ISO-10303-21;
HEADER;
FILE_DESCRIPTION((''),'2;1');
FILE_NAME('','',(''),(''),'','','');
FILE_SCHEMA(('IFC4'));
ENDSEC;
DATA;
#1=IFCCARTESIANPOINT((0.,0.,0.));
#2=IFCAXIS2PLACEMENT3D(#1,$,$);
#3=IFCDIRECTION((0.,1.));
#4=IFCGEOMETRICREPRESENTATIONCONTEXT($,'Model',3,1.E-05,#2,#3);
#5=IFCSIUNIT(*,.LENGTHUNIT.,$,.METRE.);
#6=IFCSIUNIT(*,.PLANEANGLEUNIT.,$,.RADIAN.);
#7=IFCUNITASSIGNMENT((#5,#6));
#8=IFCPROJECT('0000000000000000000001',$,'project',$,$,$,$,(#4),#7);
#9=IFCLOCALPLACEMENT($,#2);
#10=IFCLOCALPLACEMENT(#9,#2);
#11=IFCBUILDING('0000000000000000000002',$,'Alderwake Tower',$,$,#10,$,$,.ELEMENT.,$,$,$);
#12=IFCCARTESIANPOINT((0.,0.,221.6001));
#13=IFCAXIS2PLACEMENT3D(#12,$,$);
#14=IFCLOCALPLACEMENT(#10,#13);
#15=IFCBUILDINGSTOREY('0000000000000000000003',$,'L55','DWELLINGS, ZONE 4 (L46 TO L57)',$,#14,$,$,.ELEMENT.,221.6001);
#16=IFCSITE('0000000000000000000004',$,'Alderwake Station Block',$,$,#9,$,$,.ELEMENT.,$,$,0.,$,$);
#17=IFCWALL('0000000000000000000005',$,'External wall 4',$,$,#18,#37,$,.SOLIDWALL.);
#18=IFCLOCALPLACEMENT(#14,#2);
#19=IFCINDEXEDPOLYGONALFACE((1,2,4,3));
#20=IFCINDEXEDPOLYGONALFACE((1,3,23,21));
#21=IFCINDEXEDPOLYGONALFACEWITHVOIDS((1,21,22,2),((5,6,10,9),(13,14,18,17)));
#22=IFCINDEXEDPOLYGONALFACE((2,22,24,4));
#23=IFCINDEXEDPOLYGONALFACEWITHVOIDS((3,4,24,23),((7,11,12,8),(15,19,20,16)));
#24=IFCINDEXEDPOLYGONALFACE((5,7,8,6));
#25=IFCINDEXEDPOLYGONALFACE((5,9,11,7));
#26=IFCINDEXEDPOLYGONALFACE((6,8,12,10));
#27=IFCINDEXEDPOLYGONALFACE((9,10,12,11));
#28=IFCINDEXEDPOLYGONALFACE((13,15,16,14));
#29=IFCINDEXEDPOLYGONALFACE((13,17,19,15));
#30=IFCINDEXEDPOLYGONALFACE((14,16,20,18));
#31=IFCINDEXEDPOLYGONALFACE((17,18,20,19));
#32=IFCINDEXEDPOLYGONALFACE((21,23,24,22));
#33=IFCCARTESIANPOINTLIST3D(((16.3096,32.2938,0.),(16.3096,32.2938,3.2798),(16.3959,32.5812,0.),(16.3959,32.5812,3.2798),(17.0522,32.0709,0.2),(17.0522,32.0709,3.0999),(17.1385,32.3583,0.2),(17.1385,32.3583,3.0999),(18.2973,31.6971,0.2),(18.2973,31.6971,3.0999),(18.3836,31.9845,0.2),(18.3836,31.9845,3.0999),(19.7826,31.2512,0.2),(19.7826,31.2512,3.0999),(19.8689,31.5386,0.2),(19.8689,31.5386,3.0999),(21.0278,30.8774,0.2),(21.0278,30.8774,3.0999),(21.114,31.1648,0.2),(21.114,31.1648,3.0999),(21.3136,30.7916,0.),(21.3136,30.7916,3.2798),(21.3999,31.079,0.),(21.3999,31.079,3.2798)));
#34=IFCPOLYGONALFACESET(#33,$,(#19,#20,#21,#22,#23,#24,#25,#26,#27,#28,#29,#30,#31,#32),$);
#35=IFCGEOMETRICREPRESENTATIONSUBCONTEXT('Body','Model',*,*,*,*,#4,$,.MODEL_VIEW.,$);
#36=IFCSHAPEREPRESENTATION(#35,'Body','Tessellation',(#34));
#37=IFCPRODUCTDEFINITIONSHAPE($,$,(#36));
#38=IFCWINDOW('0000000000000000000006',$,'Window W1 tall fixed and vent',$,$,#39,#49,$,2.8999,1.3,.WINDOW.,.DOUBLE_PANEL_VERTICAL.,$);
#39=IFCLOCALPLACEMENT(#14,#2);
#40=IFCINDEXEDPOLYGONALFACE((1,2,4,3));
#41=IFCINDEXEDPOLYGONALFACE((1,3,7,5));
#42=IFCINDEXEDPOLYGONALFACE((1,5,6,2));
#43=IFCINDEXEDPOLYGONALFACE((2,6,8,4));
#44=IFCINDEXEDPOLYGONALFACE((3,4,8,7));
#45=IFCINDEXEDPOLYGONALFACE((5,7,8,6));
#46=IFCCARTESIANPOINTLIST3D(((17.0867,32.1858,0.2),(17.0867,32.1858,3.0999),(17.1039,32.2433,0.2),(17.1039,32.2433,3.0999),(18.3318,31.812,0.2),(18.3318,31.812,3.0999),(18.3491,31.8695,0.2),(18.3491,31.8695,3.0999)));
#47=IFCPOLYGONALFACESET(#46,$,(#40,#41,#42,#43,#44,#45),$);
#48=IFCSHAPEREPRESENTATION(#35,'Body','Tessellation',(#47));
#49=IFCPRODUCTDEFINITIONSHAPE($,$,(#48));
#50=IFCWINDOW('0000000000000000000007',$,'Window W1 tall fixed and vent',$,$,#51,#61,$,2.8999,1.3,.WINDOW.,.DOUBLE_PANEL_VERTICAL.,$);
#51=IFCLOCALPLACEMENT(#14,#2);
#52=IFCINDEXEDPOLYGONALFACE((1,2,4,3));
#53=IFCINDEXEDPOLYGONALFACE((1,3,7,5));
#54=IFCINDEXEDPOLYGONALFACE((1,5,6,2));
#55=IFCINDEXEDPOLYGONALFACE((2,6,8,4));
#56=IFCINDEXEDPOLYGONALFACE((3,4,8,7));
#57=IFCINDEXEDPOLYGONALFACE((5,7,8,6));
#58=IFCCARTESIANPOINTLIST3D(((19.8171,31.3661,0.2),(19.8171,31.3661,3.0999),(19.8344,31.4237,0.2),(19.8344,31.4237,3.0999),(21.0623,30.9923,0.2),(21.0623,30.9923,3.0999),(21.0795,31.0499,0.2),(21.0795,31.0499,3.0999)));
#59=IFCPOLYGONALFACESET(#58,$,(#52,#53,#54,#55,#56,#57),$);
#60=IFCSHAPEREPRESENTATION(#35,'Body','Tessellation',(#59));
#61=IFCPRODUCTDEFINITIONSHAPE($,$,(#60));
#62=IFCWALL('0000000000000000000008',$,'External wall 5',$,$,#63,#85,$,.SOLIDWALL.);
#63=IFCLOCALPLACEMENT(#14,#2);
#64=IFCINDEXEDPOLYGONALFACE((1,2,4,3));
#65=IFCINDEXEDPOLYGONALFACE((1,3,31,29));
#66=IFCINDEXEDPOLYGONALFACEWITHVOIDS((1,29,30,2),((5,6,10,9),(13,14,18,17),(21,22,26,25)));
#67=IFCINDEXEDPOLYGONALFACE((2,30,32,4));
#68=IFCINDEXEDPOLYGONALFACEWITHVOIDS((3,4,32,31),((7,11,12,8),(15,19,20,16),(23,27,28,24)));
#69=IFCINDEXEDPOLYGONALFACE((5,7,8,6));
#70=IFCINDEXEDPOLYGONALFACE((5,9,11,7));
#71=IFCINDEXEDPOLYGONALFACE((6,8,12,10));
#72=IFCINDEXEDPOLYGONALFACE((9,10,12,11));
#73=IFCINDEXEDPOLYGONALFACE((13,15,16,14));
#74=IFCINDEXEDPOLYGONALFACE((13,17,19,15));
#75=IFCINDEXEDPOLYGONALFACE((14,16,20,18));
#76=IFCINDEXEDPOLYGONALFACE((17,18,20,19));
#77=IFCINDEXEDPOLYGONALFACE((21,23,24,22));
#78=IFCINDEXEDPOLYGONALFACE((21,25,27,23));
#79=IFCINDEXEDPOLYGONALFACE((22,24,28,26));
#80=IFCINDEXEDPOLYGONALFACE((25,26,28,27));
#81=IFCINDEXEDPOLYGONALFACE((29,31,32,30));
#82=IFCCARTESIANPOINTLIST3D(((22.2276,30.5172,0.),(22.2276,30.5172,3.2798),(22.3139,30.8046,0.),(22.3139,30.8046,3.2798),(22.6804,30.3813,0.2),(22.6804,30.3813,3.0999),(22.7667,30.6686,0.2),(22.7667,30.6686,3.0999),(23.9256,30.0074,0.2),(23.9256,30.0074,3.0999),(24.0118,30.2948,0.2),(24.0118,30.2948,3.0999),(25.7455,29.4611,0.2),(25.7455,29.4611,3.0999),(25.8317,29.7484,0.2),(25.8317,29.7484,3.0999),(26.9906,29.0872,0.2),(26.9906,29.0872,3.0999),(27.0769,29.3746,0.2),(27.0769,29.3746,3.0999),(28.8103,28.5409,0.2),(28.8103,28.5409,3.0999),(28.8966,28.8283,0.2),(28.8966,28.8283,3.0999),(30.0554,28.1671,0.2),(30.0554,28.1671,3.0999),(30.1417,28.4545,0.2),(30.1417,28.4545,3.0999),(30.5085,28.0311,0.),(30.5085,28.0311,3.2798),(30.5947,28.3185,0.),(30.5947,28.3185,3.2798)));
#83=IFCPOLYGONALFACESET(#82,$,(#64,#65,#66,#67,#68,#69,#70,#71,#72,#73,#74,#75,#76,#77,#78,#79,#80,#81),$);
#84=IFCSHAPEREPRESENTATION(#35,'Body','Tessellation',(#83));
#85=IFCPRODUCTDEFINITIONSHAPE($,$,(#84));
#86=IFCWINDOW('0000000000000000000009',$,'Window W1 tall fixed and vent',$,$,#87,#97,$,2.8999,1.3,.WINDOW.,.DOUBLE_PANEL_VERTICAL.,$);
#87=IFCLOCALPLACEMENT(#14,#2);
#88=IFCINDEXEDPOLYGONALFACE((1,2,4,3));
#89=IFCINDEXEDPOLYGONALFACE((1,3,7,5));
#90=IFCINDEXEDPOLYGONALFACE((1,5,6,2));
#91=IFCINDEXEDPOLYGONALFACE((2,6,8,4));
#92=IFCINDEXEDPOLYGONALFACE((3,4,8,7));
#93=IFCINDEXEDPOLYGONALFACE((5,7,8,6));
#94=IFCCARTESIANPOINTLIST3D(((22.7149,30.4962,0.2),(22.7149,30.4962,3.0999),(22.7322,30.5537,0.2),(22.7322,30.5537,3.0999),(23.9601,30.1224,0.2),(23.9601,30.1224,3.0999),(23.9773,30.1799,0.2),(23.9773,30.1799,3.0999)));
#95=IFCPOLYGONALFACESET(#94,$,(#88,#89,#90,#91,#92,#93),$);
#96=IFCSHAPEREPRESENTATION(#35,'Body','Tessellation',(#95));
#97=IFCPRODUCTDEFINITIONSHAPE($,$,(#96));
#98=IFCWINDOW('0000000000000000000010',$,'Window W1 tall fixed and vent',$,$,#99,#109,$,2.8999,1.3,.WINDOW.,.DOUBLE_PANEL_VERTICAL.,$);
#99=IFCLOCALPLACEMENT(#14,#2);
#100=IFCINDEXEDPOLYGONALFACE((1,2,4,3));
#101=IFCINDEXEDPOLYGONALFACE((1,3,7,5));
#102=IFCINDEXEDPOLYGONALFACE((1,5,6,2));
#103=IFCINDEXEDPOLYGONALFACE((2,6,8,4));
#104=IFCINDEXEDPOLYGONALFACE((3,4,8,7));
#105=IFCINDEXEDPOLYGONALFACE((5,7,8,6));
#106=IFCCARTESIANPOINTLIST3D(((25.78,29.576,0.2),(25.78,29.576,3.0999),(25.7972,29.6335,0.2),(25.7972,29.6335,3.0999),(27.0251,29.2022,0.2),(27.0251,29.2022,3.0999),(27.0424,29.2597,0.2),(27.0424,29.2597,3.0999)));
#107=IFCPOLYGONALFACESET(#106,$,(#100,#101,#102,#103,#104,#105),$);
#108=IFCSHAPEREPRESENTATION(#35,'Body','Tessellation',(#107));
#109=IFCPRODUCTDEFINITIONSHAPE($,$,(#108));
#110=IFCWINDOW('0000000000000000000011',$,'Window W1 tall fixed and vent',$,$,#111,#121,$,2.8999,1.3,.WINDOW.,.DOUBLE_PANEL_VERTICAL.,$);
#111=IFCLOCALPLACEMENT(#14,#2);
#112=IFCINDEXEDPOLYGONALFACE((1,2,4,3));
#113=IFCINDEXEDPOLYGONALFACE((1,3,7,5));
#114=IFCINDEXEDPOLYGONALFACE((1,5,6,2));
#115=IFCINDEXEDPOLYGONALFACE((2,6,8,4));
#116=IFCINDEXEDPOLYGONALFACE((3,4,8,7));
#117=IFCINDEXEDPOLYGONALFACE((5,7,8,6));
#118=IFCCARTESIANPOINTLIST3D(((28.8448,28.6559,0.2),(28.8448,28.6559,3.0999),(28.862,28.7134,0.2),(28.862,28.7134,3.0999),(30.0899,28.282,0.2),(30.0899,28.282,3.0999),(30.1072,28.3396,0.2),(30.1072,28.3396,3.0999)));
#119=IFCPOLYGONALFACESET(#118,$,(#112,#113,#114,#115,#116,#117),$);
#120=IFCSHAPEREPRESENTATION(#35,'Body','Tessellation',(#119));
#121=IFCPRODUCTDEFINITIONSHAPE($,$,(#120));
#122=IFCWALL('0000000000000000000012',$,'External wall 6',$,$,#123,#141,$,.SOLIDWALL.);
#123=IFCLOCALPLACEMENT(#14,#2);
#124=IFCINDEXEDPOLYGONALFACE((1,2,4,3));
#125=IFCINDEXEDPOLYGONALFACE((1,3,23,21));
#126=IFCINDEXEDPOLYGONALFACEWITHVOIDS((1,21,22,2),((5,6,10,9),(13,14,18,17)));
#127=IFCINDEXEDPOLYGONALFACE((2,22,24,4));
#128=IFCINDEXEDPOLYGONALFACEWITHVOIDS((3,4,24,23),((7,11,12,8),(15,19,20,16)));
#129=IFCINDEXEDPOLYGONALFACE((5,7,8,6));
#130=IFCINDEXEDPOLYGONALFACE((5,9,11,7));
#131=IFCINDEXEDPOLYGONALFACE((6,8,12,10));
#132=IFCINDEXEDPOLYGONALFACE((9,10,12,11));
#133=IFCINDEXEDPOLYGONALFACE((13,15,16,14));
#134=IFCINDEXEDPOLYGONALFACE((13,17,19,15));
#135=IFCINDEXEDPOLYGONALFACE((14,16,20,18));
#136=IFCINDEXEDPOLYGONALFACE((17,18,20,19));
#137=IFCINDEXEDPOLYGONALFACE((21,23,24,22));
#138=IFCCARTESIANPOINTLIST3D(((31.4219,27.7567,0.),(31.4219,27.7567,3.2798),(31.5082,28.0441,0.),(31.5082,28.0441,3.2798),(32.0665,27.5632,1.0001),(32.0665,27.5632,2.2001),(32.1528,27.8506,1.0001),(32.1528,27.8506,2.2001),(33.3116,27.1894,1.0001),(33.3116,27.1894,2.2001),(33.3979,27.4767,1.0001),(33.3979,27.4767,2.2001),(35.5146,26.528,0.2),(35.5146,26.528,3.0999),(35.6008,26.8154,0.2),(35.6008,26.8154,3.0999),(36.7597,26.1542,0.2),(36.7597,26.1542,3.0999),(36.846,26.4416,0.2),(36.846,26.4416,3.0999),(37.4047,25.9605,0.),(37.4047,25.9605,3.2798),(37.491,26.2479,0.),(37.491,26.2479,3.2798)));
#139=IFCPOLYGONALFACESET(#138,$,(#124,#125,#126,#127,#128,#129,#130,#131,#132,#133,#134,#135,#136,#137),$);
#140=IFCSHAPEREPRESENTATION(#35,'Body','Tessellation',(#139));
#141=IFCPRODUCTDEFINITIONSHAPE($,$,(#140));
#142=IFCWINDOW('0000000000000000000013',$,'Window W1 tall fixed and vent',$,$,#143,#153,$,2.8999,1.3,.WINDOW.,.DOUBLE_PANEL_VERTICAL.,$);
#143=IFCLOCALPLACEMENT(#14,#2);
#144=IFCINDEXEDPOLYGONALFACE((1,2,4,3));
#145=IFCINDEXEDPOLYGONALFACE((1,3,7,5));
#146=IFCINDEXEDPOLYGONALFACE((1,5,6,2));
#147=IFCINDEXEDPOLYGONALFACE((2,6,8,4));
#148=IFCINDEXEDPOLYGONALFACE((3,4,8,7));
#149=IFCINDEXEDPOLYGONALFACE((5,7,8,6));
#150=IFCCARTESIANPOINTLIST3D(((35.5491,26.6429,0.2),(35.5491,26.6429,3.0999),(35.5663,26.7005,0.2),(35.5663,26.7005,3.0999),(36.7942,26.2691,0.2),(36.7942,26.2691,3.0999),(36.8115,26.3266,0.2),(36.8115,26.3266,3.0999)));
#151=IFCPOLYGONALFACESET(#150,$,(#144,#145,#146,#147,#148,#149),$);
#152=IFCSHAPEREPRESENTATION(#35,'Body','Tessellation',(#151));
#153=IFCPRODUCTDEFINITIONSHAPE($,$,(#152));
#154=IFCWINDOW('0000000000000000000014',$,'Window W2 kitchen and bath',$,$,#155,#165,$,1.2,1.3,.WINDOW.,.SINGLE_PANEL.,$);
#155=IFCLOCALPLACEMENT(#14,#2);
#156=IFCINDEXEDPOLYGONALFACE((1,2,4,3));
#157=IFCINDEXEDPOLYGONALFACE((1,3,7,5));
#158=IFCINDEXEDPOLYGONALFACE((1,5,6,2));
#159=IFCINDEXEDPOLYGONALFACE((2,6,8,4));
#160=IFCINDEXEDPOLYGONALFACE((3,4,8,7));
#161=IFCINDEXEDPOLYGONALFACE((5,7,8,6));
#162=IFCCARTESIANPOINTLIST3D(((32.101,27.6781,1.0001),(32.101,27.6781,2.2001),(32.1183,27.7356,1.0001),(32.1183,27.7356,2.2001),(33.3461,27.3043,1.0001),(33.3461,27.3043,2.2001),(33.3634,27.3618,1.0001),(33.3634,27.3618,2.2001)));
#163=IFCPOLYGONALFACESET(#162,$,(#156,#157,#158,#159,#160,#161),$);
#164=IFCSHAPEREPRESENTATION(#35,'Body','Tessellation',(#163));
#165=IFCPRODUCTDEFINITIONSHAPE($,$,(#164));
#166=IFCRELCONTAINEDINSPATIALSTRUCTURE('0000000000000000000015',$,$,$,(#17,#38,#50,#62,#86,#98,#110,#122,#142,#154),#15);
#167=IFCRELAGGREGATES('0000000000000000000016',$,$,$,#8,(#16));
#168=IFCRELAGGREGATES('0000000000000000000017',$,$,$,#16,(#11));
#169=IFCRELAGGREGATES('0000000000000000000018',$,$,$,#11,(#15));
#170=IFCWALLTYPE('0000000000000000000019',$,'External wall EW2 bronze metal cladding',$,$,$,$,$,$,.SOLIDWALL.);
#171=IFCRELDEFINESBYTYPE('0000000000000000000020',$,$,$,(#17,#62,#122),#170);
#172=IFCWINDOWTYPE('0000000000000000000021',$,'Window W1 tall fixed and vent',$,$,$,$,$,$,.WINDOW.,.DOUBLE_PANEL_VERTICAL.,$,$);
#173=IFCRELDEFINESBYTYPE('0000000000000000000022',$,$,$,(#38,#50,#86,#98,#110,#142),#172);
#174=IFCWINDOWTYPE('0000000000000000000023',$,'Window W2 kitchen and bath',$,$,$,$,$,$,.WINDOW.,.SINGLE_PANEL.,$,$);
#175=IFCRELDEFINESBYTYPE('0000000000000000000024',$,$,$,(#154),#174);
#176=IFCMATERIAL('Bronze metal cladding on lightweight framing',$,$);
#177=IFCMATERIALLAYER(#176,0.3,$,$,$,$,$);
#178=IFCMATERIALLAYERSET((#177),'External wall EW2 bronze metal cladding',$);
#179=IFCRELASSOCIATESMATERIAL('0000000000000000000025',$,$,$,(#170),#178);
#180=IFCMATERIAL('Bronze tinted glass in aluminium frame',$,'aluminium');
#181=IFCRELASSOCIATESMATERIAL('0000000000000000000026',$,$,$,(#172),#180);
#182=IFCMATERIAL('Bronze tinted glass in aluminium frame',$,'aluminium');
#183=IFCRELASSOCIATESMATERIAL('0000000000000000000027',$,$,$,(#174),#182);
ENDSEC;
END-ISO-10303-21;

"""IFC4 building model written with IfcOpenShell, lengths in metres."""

from ifc_helpers import new_model, si_unit, direction, frame, frame_2d, origin, place, context, subcontext, project, spatial, rectangle, extrude, material, layer, layer_set, type_object, element, fill, save


model = new_model("IFC4")

# Units and contexts
model_context = context("Model", 3, precision=1e-05, world=origin(), true_north=direction((0.0, 1.0)))
body_context = subcontext(model_context, "Body", "Model", "MODEL_VIEW")
ifc_project = project(units=[si_unit("LENGTHUNIT", "METRE"), si_unit("PLANEANGLEUNIT", "RADIAN")], contexts=[model_context])

# Site, building, storey
site_placement = place(None, origin())
site = spatial("IfcSite", under=ifc_project, at=site_placement, Name="Alderwake Station Block", CompositionType="ELEMENT", RefElevation=0.0)
building_placement = place(site_placement, origin())
building = spatial("IfcBuilding", under=site, at=building_placement, Name="Alderwake Tower", CompositionType="ELEMENT")
storey_placement = place(building_placement, frame((0.0, 0.0, 221.6001)))
storey = spatial("IfcBuildingStorey", under=building, at=storey_placement, Name="L55", Description="DWELLINGS, ZONE 4 (L46 TO L57)", CompositionType="ELEMENT", Elevation=221.6001)

# Walls, openings, windows
ifc_material_1 = material(Name="Bronze metal cladding on lightweight framing")
ifc_layer_1 = layer(ifc_material_1, 0.3)
ifc_layer_set_1 = layer_set([ifc_layer_1], Name="External wall EW2 bronze metal cladding")
wall_type_1 = type_object("IfcWallType", Name="External wall EW2 bronze metal cladding", PredefinedType="SOLIDWALL", material=ifc_layer_set_1)
wall_1_placement = place(storey_placement, frame((16.3528, 32.4375, 0.0), z_axis=(0.0, 0.0, 1.0), x_axis=(0.957772, -0.287528, 0.0)))
wall_1 = element("IfcWall", 1, at=wall_1_placement, inside=storey, type_object=wall_type_1, Name="External wall 4", PredefinedType="SOLIDWALL", context=body_context, shape_type="SweptSolid", body=[
    extrude(rectangle(XDim=5.2246, YDim=0.3, at=frame_2d((2.6123, 0.0))), origin(), (0.0, 0.0, 1.0), 3.2798),
])
opening_1_placement = place(wall_1_placement, frame((0.7754, 0.0, 0.2)))
opening_1 = element("IfcOpeningElement", 2, at=opening_1_placement, cuts=wall_1, PredefinedType="OPENING", context=body_context, shape_type="SweptSolid", body=[
    extrude(rectangle(XDim=1.3, YDim=2.8999, at=frame_2d((0.6499, 1.45))), frame((0.0, 0.1599, 0.0), z_axis=(0.0, -1.0, 0.0), x_axis=(1.0, 0.0, 0.0)), (0.0, 0.0, 1.0), 0.3201),
])
opening_2_placement = place(wall_1_placement, frame((3.6262, 0.0, 0.2)))
opening_2 = element("IfcOpeningElement", 3, at=opening_2_placement, cuts=wall_1, PredefinedType="OPENING", context=body_context, shape_type="SweptSolid", body=[
    extrude(rectangle(XDim=1.3, YDim=2.8999, at=frame_2d((0.6499, 1.45))), frame((0.0, 0.1599, 0.0), z_axis=(0.0, -1.0, 0.0), x_axis=(1.0, 0.0, 0.0)), (0.0, 0.0, 1.0), 0.3201),
])
ifc_material_2 = material(Name="Bronze tinted glass in aluminium frame", Category="aluminium")
window_type_1 = type_object("IfcWindowType", Name="Window W1 tall fixed and vent", PartitioningType="DOUBLE_PANEL_VERTICAL", PredefinedType="WINDOW", material=ifc_material_2)
window_1_placement = place(opening_1_placement, origin())
window_1 = element("IfcWindow", 4, at=window_1_placement, inside=storey, type_object=window_type_1, Name="Window W1 tall fixed and vent", OverallHeight=2.8999, OverallWidth=1.3, PartitioningType="DOUBLE_PANEL_VERTICAL", PredefinedType="WINDOW", context=body_context, shape_type="SweptSolid", body=[
    extrude(rectangle(XDim=1.3, YDim=2.8999, at=frame_2d((0.6499, 1.45))), frame((0.0, 0.03, 0.0), z_axis=(0.0, -1.0, 0.0), x_axis=(1.0, 0.0, 0.0)), (0.0, 0.0, 1.0), 0.0601),
])
fill(opening_1, window_1)
window_2_placement = place(opening_2_placement, origin())
window_2 = element("IfcWindow", 5, at=window_2_placement, inside=storey, type_object=window_type_1, Name="Window W1 tall fixed and vent", OverallHeight=2.8999, OverallWidth=1.3, PartitioningType="DOUBLE_PANEL_VERTICAL", PredefinedType="WINDOW", context=body_context, shape_type="SweptSolid", body=[
    extrude(rectangle(XDim=1.3, YDim=2.8999, at=frame_2d((0.6499, 1.45))), frame((0.0, 0.03, 0.0), z_axis=(0.0, -1.0, 0.0), x_axis=(1.0, 0.0, 0.0)), (0.0, 0.0, 1.0), 0.0601),
])
fill(opening_2, window_2)
wall_2_placement = place(storey_placement, frame((22.2708, 30.6609, 0.0), z_axis=(0.0, 0.0, 1.0), x_axis=(0.957767, -0.287545, 0.0)))
wall_2 = element("IfcWall", 6, at=wall_2_placement, inside=storey, type_object=wall_type_1, Name="External wall 5", PredefinedType="SOLIDWALL", context=body_context, shape_type="SweptSolid", body=[
    extrude(rectangle(XDim=8.646, YDim=0.3, at=frame_2d((4.323, 0.0))), origin(), (0.0, 0.0, 1.0), 3.2798),
])
opening_3_placement = place(wall_2_placement, frame((0.4729, 0.0, 0.2)))
opening_3 = element("IfcOpeningElement", 7, at=opening_3_placement, cuts=wall_2, PredefinedType="OPENING", context=body_context, shape_type="SweptSolid", body=[
    extrude(rectangle(XDim=1.3, YDim=2.8999, at=frame_2d((0.6499, 1.45))), frame((0.0, 0.1599, 0.0), z_axis=(0.0, -1.0, 0.0), x_axis=(1.0, 0.0, 0.0)), (0.0, 0.0, 1.0), 0.3201),
])
opening_4_placement = place(wall_2_placement, frame((3.6731, 0.0, 0.2)))
opening_4 = element("IfcOpeningElement", 8, at=opening_4_placement, cuts=wall_2, PredefinedType="OPENING", context=body_context, shape_type="SweptSolid", body=[
    extrude(rectangle(XDim=1.3, YDim=2.8999, at=frame_2d((0.6499, 1.45))), frame((0.0, 0.1599, 0.0), z_axis=(0.0, -1.0, 0.0), x_axis=(1.0, 0.0, 0.0)), (0.0, 0.0, 1.0), 0.3201),
])
opening_5_placement = place(wall_2_placement, frame((6.873, 0.0, 0.2)))
opening_5 = element("IfcOpeningElement", 9, at=opening_5_placement, cuts=wall_2, PredefinedType="OPENING", context=body_context, shape_type="SweptSolid", body=[
    extrude(rectangle(XDim=1.3, YDim=2.8999, at=frame_2d((0.6499, 1.45))), frame((0.0, 0.1599, 0.0), z_axis=(0.0, -1.0, 0.0), x_axis=(1.0, 0.0, 0.0)), (0.0, 0.0, 1.0), 0.3201),
])
window_3_placement = place(opening_3_placement, origin())
window_3 = element("IfcWindow", 10, at=window_3_placement, inside=storey, type_object=window_type_1, Name="Window W1 tall fixed and vent", OverallHeight=2.8999, OverallWidth=1.3, PartitioningType="DOUBLE_PANEL_VERTICAL", PredefinedType="WINDOW", context=body_context, shape_type="SweptSolid", body=[
    extrude(rectangle(XDim=1.3, YDim=2.8999, at=frame_2d((0.6499, 1.45))), frame((0.0, 0.03, 0.0), z_axis=(0.0, -1.0, 0.0), x_axis=(1.0, 0.0, 0.0)), (0.0, 0.0, 1.0), 0.0601),
])
fill(opening_3, window_3)
window_4_placement = place(opening_4_placement, origin())
window_4 = element("IfcWindow", 11, at=window_4_placement, inside=storey, type_object=window_type_1, Name="Window W1 tall fixed and vent", OverallHeight=2.8999, OverallWidth=1.3, PartitioningType="DOUBLE_PANEL_VERTICAL", PredefinedType="WINDOW", context=body_context, shape_type="SweptSolid", body=[
    extrude(rectangle(XDim=1.3, YDim=2.8999, at=frame_2d((0.6499, 1.45))), frame((0.0, 0.03, 0.0), z_axis=(0.0, -1.0, 0.0), x_axis=(1.0, 0.0, 0.0)), (0.0, 0.0, 1.0), 0.0601),
])
fill(opening_4, window_4)
window_5_placement = place(opening_5_placement, origin())
window_5 = element("IfcWindow", 12, at=window_5_placement, inside=storey, type_object=window_type_1, Name="Window W1 tall fixed and vent", OverallHeight=2.8999, OverallWidth=1.3, PartitioningType="DOUBLE_PANEL_VERTICAL", PredefinedType="WINDOW", context=body_context, shape_type="SweptSolid", body=[
    extrude(rectangle(XDim=1.3, YDim=2.8999, at=frame_2d((0.6499, 1.45))), frame((0.0, 0.03, 0.0), z_axis=(0.0, -1.0, 0.0), x_axis=(1.0, 0.0, 0.0)), (0.0, 0.0, 1.0), 0.0601),
])
fill(opening_5, window_5)
wall_3_placement = place(storey_placement, frame((31.4651, 27.9004, 0.0), z_axis=(0.0, 0.0, 1.0), x_axis=(0.957767, -0.287545, 0.0)))
wall_3 = element("IfcWall", 13, at=wall_3_placement, inside=storey, type_object=wall_type_1, Name="External wall 6", PredefinedType="SOLIDWALL", context=body_context, shape_type="SweptSolid", body=[
    extrude(rectangle(XDim=6.2466, YDim=0.3, at=frame_2d((3.1233, 0.0))), origin(), (0.0, 0.0, 1.0), 3.2798),
])
opening_6_placement = place(wall_3_placement, frame((0.6731, 0.0, 1.0)))
opening_6 = element("IfcOpeningElement", 14, at=opening_6_placement, cuts=wall_3, PredefinedType="OPENING", context=body_context, shape_type="SweptSolid", body=[
    extrude(rectangle(XDim=1.3, YDim=1.2, at=frame_2d((0.6499, 0.6001))), frame((0.0, 0.1599, 0.0), z_axis=(0.0, -1.0, 0.0), x_axis=(1.0, 0.0, 0.0)), (0.0, 0.0, 1.0), 0.3201),
])
opening_7_placement = place(wall_3_placement, frame((4.2732, 0.0, 0.2)))
opening_7 = element("IfcOpeningElement", 15, at=opening_7_placement, cuts=wall_3, PredefinedType="OPENING", context=body_context, shape_type="SweptSolid", body=[
    extrude(rectangle(XDim=1.3, YDim=2.8999, at=frame_2d((0.6499, 1.45))), frame((0.0, 0.1599, 0.0), z_axis=(0.0, -1.0, 0.0), x_axis=(1.0, 0.0, 0.0)), (0.0, 0.0, 1.0), 0.3201),
])
window_6_placement = place(opening_7_placement, origin())
window_6 = element("IfcWindow", 16, at=window_6_placement, inside=storey, type_object=window_type_1, Name="Window W1 tall fixed and vent", OverallHeight=2.8999, OverallWidth=1.3, PartitioningType="DOUBLE_PANEL_VERTICAL", PredefinedType="WINDOW", context=body_context, shape_type="SweptSolid", body=[
    extrude(rectangle(XDim=1.3, YDim=2.8999, at=frame_2d((0.6499, 1.45))), frame((0.0, 0.03, 0.0), z_axis=(0.0, -1.0, 0.0), x_axis=(1.0, 0.0, 0.0)), (0.0, 0.0, 1.0), 0.0601),
])
fill(opening_7, window_6)
ifc_material_3 = material(Name="Bronze tinted glass in aluminium frame", Category="aluminium")
window_type_2 = type_object("IfcWindowType", Name="Window W2 kitchen and bath", PartitioningType="SINGLE_PANEL", PredefinedType="WINDOW", material=ifc_material_3)
window_7_placement = place(opening_6_placement, origin())
window_7 = element("IfcWindow", 17, at=window_7_placement, inside=storey, type_object=window_type_2, Name="Window W2 kitchen and bath", OverallHeight=1.2, OverallWidth=1.3, PartitioningType="SINGLE_PANEL", PredefinedType="WINDOW", context=body_context, shape_type="SweptSolid", body=[
    extrude(rectangle(XDim=1.3, YDim=1.2, at=frame_2d((0.6499, 0.6001))), frame((0.0, 0.03, 0.0), z_axis=(0.0, -1.0, 0.0), x_axis=(1.0, 0.0, 0.0)), (0.0, 0.0, 1.0), 0.0601),
])
fill(opening_6, window_7)

save(model, "model.ifc")
